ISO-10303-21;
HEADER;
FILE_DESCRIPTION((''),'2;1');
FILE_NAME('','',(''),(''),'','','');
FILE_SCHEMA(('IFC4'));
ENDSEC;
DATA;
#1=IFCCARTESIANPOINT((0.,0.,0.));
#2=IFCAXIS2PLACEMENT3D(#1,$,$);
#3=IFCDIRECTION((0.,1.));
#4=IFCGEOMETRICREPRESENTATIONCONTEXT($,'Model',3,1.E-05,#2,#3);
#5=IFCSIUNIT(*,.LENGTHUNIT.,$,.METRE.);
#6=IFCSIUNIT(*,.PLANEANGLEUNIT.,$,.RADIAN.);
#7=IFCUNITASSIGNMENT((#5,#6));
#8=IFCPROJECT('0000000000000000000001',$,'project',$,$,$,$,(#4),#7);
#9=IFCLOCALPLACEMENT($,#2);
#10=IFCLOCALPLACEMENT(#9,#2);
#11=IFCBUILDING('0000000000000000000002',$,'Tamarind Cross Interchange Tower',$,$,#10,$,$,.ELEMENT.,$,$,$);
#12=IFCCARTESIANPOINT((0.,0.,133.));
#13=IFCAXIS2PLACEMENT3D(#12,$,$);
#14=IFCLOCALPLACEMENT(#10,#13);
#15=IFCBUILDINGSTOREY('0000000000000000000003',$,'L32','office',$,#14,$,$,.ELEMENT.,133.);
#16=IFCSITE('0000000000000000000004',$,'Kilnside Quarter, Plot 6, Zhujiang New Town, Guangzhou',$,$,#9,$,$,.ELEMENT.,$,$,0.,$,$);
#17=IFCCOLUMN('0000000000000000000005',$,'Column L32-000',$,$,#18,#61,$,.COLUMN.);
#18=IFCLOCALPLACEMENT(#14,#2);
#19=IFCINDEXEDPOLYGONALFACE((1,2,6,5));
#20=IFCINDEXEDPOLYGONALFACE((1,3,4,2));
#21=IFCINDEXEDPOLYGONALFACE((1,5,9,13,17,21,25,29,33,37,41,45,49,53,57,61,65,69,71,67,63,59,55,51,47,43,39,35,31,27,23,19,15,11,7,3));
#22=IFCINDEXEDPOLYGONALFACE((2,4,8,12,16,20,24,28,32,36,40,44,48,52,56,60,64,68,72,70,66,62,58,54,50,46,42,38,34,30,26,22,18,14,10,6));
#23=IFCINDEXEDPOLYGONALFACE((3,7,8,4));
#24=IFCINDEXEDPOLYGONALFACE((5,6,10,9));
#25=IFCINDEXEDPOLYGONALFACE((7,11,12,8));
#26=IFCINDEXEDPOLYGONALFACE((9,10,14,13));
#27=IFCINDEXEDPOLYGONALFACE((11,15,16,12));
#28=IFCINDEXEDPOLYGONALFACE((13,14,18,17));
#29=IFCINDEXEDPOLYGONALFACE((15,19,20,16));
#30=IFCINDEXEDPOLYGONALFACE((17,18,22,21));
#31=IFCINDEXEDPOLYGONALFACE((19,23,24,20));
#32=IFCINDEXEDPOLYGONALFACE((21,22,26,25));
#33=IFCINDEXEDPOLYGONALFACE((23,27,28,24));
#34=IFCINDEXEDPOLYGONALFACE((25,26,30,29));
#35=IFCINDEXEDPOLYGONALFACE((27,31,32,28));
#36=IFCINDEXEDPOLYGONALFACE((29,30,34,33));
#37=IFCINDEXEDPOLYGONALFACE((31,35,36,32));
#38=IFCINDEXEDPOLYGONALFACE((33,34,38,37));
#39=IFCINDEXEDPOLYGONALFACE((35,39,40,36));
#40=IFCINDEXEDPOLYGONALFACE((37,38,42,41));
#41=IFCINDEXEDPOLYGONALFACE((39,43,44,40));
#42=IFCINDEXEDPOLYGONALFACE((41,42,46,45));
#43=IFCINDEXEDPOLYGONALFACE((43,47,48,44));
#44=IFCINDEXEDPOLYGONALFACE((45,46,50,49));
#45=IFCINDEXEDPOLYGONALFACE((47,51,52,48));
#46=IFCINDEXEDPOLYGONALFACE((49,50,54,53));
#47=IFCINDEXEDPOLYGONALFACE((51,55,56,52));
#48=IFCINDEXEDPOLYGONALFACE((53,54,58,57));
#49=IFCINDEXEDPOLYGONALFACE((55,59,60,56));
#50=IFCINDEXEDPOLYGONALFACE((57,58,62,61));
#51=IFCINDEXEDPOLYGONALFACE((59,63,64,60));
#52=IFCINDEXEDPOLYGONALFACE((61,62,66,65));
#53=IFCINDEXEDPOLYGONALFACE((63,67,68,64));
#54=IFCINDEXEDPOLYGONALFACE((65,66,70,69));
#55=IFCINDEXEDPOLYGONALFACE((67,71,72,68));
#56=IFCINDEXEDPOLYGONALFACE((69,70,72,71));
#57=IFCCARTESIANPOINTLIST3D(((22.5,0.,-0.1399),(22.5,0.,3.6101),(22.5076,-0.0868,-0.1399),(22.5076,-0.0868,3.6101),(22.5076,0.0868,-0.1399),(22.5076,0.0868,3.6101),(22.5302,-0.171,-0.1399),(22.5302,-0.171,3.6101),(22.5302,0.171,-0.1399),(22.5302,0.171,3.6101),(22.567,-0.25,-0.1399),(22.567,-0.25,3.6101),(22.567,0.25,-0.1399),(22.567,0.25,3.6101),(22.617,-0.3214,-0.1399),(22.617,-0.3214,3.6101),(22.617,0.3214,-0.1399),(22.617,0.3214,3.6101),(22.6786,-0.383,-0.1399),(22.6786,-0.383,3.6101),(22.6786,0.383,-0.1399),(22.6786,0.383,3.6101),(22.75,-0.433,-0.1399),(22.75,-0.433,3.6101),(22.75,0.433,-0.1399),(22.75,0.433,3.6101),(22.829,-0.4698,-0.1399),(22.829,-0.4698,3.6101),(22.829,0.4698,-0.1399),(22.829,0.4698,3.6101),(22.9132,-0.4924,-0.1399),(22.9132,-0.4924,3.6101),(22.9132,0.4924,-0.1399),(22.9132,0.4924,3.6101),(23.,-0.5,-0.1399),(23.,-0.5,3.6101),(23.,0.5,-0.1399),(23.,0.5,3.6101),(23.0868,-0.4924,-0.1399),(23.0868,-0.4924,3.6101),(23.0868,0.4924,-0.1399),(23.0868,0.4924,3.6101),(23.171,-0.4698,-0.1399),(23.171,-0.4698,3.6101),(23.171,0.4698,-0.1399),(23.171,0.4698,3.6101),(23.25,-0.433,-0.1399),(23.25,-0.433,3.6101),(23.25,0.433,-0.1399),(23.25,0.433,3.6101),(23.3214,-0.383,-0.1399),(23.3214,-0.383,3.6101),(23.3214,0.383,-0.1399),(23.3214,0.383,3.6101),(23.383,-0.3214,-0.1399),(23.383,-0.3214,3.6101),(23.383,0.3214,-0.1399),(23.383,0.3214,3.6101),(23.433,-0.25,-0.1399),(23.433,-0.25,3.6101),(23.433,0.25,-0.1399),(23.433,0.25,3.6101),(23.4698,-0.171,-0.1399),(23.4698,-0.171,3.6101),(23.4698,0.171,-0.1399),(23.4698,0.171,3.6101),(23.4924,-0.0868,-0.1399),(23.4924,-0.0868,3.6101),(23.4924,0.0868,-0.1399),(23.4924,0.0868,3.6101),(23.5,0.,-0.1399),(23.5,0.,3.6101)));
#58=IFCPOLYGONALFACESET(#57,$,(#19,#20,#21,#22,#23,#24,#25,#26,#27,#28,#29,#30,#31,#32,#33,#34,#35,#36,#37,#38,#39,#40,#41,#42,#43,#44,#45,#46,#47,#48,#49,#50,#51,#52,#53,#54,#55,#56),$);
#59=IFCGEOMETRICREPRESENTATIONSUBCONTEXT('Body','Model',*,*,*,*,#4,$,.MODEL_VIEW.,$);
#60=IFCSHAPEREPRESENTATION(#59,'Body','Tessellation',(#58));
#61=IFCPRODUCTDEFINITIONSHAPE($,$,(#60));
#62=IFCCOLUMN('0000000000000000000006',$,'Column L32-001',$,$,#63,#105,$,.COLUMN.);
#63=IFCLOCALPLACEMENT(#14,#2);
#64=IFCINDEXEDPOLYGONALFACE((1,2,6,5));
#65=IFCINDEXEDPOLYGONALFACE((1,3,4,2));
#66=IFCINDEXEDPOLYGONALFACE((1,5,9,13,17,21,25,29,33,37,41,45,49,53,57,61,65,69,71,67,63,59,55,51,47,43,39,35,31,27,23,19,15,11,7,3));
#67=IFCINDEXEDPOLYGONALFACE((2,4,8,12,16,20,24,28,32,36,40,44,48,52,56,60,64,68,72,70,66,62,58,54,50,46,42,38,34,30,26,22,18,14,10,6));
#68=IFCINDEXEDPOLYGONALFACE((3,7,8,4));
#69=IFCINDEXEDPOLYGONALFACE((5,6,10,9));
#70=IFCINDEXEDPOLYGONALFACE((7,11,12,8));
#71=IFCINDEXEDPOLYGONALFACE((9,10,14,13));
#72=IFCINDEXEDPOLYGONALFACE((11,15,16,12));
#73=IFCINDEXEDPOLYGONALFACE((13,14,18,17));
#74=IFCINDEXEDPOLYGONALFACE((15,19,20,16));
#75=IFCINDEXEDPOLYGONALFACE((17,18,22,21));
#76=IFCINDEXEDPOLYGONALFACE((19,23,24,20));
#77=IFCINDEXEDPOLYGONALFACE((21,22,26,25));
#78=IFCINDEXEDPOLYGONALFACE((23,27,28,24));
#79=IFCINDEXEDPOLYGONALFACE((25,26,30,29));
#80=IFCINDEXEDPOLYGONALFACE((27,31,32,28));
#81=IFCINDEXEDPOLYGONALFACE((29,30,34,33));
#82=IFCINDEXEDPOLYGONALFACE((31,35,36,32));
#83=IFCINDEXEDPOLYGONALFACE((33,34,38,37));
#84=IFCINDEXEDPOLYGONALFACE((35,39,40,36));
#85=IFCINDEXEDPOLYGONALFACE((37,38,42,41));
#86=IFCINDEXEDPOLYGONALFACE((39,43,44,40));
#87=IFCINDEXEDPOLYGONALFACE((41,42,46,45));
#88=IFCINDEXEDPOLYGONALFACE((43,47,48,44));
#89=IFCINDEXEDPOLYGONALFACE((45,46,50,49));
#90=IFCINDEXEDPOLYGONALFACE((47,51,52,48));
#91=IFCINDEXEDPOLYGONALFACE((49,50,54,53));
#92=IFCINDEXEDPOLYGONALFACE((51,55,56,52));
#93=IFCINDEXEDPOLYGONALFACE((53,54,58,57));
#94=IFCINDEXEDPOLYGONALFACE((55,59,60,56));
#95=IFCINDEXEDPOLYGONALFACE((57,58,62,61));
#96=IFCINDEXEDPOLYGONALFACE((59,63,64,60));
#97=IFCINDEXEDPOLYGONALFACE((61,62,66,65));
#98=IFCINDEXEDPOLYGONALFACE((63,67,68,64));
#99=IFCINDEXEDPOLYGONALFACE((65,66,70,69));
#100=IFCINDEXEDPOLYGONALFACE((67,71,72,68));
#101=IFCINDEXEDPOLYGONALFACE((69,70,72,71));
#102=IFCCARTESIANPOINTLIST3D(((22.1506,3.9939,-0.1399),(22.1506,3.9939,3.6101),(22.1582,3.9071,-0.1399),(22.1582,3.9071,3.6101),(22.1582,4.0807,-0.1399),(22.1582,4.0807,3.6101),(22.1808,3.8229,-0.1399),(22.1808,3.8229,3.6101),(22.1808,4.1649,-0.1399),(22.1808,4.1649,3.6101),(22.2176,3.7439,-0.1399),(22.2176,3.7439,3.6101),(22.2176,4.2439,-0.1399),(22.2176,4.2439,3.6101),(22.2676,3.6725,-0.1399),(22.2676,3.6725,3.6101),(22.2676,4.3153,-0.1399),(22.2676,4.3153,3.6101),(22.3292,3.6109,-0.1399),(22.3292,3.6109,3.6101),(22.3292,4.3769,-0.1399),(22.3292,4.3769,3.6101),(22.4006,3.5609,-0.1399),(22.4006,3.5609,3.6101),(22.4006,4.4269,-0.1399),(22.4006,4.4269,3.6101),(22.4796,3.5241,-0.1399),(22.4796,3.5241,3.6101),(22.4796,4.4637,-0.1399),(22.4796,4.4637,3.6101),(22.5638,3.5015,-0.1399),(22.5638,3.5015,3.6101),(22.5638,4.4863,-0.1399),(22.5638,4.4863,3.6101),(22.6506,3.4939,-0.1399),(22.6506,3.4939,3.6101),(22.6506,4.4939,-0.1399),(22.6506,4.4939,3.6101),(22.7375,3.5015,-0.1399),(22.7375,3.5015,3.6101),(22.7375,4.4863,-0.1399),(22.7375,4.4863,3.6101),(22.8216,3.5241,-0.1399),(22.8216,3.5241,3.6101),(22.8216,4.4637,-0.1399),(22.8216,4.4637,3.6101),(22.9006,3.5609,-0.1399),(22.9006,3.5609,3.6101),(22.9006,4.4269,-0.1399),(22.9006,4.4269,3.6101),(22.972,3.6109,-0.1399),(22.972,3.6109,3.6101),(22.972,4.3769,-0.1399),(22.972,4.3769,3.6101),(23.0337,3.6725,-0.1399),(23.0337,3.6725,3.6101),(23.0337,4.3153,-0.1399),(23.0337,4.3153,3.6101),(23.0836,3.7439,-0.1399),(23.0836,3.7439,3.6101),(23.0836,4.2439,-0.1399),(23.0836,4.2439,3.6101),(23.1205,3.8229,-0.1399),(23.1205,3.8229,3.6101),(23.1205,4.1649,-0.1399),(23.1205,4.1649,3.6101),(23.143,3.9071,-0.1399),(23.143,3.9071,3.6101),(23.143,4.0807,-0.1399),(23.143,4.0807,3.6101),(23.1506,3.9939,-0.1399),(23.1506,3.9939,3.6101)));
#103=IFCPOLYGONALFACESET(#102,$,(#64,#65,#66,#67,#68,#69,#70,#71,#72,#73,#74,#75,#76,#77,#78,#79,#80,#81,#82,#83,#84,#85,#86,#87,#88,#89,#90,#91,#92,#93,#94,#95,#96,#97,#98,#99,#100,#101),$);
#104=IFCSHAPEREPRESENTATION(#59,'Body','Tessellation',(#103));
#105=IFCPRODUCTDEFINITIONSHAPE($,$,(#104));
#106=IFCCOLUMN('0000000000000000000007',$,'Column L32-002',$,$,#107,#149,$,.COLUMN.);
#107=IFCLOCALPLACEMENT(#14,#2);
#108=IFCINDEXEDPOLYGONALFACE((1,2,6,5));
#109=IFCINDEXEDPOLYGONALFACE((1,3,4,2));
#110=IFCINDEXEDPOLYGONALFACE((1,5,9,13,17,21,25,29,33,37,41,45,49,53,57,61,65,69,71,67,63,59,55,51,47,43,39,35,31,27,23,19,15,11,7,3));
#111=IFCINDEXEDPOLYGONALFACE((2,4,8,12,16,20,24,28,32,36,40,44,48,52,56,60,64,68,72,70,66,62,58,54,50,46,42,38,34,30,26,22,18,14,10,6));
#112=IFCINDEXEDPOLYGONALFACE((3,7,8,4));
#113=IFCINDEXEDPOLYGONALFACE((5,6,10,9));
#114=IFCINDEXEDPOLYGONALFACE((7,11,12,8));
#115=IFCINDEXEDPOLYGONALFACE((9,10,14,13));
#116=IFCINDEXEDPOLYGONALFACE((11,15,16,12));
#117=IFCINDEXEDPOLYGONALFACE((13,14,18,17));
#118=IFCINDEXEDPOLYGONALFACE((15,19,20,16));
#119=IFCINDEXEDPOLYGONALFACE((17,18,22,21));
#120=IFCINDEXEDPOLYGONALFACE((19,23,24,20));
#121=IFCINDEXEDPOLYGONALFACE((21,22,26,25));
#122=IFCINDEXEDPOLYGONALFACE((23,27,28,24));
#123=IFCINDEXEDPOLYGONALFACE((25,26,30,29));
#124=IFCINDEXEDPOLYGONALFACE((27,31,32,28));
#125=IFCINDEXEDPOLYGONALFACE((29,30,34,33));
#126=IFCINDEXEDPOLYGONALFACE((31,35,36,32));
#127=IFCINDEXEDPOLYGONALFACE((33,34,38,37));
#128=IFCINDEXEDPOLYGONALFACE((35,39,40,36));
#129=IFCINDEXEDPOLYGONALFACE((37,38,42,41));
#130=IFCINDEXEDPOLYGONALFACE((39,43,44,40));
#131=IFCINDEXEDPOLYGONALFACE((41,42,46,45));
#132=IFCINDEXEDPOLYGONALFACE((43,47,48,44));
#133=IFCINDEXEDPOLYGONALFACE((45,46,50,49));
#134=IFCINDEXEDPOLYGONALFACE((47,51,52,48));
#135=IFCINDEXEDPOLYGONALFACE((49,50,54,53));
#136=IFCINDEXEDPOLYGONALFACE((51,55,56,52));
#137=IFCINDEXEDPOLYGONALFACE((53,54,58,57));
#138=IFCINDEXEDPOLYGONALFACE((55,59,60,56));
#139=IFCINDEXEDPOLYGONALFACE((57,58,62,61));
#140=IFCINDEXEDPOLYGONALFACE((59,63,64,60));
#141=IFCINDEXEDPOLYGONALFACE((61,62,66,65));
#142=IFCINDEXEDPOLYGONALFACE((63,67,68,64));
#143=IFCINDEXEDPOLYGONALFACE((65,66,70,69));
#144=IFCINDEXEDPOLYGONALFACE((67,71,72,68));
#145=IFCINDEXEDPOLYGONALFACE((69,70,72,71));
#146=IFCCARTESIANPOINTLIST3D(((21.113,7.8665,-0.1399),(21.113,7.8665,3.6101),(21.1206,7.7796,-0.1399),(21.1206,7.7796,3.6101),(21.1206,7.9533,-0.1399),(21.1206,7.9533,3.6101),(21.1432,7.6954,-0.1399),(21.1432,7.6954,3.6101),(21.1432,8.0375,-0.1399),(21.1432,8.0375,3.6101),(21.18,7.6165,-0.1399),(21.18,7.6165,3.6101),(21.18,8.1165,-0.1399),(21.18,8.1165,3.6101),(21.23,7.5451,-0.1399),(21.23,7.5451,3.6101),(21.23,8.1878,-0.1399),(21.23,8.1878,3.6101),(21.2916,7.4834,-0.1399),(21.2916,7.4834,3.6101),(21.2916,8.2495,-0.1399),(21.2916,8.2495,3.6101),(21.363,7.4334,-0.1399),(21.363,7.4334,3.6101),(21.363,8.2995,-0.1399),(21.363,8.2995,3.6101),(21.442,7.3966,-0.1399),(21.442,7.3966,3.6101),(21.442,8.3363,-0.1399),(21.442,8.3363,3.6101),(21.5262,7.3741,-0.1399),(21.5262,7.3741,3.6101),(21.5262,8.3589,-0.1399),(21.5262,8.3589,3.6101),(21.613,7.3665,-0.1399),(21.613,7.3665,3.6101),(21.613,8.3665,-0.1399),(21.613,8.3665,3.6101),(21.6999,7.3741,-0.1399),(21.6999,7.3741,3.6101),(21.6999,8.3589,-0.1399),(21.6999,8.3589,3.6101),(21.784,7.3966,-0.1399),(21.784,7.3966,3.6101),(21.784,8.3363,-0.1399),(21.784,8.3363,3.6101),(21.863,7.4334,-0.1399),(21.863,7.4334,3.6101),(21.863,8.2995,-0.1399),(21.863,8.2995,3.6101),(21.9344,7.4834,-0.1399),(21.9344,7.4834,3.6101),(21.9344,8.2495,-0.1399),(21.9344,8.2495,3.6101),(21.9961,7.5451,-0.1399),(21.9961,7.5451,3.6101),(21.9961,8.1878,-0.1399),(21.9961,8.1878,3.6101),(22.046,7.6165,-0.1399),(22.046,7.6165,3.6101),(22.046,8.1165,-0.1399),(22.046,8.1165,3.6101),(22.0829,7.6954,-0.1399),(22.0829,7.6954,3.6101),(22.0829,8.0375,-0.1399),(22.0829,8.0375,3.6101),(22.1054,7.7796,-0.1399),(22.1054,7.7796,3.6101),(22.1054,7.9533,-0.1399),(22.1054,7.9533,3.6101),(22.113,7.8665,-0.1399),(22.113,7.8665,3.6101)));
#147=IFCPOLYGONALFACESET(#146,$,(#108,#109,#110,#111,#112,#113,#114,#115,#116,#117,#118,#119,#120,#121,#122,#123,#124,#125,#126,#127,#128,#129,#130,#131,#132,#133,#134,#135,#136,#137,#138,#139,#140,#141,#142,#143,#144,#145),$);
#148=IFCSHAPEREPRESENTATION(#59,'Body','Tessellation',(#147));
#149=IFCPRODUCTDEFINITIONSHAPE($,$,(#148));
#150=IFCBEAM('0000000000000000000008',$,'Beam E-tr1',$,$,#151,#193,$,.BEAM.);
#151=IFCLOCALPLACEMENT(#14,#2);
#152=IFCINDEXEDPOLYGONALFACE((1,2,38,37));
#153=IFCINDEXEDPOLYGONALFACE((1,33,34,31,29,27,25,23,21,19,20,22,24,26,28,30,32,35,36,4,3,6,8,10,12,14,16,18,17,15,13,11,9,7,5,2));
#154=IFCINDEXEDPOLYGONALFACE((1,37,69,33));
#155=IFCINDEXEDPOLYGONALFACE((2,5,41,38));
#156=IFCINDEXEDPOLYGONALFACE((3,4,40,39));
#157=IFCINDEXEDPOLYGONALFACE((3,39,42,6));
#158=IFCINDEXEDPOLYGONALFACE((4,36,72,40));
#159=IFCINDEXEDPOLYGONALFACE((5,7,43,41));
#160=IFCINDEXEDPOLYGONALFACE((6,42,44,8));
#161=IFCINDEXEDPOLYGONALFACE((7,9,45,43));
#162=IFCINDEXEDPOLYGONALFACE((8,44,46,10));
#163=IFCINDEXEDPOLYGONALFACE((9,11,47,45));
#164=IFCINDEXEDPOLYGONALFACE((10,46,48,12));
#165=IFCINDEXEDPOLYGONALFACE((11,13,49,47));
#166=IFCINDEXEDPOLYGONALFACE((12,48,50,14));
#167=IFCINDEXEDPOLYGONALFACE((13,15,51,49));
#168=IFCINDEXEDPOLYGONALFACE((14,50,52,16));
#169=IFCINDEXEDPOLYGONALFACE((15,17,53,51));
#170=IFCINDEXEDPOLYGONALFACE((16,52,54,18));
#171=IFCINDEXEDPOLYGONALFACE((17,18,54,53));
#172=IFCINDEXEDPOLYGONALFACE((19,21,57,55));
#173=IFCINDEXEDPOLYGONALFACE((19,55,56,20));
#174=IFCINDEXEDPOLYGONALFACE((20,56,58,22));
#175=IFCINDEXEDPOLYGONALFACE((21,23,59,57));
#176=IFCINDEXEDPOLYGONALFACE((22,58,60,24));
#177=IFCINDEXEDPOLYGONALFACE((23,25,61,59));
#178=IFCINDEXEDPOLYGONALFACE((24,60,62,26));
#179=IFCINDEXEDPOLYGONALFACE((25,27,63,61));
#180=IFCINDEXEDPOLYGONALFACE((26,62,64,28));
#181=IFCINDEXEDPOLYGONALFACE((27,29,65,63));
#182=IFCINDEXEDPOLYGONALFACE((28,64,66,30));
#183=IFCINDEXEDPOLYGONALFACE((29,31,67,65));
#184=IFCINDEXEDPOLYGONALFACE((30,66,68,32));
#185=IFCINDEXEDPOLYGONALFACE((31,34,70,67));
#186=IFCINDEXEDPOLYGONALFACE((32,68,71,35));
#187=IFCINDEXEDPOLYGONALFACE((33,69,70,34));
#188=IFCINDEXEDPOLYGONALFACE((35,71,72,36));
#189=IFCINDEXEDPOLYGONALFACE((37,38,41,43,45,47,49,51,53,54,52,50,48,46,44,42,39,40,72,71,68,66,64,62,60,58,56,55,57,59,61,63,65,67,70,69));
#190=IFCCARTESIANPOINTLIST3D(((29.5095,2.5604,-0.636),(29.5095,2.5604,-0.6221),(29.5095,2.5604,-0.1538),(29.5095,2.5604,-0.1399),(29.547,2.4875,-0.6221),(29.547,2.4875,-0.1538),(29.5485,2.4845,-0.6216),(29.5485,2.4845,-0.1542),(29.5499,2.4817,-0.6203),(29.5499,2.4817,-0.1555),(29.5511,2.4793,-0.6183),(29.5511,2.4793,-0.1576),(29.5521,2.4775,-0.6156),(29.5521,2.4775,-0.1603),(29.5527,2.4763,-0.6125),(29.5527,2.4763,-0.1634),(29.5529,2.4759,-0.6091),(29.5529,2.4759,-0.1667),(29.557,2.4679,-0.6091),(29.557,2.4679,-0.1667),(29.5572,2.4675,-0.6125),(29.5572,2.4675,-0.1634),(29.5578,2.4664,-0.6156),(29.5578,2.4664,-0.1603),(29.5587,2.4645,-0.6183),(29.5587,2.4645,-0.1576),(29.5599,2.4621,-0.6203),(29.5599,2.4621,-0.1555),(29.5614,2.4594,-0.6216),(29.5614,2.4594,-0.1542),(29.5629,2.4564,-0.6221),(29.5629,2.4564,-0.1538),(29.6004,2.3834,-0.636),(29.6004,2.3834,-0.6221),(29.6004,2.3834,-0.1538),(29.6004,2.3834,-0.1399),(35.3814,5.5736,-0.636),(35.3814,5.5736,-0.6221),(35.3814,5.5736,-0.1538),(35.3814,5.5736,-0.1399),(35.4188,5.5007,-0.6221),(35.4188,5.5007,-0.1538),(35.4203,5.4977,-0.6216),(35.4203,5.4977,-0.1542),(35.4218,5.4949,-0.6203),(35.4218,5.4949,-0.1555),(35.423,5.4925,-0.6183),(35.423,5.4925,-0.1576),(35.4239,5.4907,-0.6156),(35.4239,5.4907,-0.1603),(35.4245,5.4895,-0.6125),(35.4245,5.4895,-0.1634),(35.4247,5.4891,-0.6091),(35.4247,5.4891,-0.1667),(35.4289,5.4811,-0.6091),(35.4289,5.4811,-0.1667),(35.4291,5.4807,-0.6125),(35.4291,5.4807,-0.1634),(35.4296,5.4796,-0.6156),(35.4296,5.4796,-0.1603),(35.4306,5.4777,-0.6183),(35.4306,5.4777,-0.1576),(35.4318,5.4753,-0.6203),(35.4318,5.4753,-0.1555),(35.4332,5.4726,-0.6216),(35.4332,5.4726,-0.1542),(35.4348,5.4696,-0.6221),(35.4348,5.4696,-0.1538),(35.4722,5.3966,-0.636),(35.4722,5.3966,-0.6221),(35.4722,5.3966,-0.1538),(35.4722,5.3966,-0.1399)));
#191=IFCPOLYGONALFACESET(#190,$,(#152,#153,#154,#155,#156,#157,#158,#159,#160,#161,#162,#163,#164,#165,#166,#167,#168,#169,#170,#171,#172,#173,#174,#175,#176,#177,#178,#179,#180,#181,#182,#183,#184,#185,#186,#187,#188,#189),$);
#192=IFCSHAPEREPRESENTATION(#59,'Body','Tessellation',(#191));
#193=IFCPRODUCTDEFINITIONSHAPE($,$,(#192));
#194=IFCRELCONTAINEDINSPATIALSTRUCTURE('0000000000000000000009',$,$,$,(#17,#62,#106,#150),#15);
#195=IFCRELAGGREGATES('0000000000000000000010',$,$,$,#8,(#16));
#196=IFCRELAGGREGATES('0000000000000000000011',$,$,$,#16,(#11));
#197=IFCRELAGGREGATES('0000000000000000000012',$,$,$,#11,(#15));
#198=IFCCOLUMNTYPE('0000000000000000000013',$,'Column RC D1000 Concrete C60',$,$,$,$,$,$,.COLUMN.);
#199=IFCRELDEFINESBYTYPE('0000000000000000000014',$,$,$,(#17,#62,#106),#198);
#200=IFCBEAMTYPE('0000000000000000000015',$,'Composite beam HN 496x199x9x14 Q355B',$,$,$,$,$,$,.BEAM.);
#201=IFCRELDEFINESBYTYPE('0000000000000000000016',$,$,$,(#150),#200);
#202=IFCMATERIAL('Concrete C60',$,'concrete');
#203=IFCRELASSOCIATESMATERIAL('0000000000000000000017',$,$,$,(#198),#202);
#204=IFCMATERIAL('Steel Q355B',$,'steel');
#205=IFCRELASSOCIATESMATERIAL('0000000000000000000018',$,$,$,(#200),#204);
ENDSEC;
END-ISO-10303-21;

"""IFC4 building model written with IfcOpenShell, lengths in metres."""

from ifc_helpers import new_model, si_unit, direction, frame, origin, origin_2d, place, context, subcontext, project, spatial, circle, i_section, extrude, material, material_profile, profile_set, type_object, element, save


model = new_model("IFC4")

# Units and contexts
model_context = context("Model", 3, precision=1e-05, world=origin(), true_north=direction((0.0, 1.0)))
body_context = subcontext(model_context, "Body", "Model", "MODEL_VIEW")
ifc_project = project(units=[si_unit("LENGTHUNIT", "METRE"), si_unit("PLANEANGLEUNIT", "RADIAN")], contexts=[model_context])

# Site, building, storey
site_placement = place(None, origin())
site = spatial("IfcSite", under=ifc_project, at=site_placement, Name="Kilnside Quarter, Plot 6, Zhujiang New Town, Guangzhou", CompositionType="ELEMENT", RefElevation=0.0)
building_placement = place(site_placement, origin())
building = spatial("IfcBuilding", under=site, at=building_placement, Name="Tamarind Cross Interchange Tower", CompositionType="ELEMENT")
storey_placement = place(building_placement, frame((0.0, 0.0, 133.0)))
storey = spatial("IfcBuildingStorey", under=building, at=storey_placement, Name="L32", Description="office", CompositionType="ELEMENT", Elevation=133.0)

# Columns
ifc_material_1 = material(Name="Concrete C60", Category="concrete")
ifc_material_profile_1 = material_profile(ifc_material_1, circle(Radius=0.5, at=origin_2d()), Name="RC D1000")
ifc_profile_set_1 = profile_set([ifc_material_profile_1], Name="Concrete C60")
column_type = type_object("IfcColumnType", Name="Column RC D1000 Concrete C60", PredefinedType="COLUMN", material=ifc_profile_set_1)
for number, where, z_axis, x_axis, name in (
    (1, (23.0, 0.0, -0.1399), (0.0, 0.0, 1.0), (1.0, 0.0, 0.0), "Column L32-000"),
    (2, (22.6506, 3.9939, -0.1399), (0.0, 0.0, 1.0), (1.0, 0.0, 0.0), "Column L32-001"),
    (3, (21.613, 7.8665, -0.1399), (0.0, 0.0, 1.0), (1.0, 0.0, 0.0), "Column L32-002"),
):
    element("IfcColumn", number, at=place(storey_placement, frame(where, z_axis=z_axis, x_axis=x_axis)), inside=storey, type_object=column_type, Name=name, PredefinedType="COLUMN", context=body_context, shape_type="SweptSolid", body=[
        extrude(circle(Radius=0.5, at=origin_2d()), origin(), (0.0, 0.0, 1.0), 3.75),
    ])

# Beam
ifc_material_2 = material(Name="Steel Q355B", Category="steel")
ifc_material_profile_2 = material_profile(ifc_material_2, i_section(OverallWidth=0.199, OverallDepth=0.4961, WebThickness=0.009, FlangeThickness=0.0139, FilletRadius=0.0129, at=origin_2d()), Name="HN 496x199x9x14")
ifc_profile_set_2 = profile_set([ifc_material_profile_2], Name="Steel Q355B")
beam_type_1 = type_object("IfcBeamType", Name="Composite beam HN 496x199x9x14 Q355B", PredefinedType="BEAM", material=ifc_profile_set_2)
beam_1_placement = place(storey_placement, frame((29.5549, 2.4719, -0.3879), z_axis=(0.889695, 0.456555, 0.0), x_axis=(-0.456555, 0.889695, 0.0)))
element("IfcBeam", 4, at=beam_1_placement, inside=storey, type_object=beam_type_1, Name="Beam E-tr1", PredefinedType="BEAM", context=body_context, shape_type="SweptSolid", body=[
    extrude(i_section(OverallWidth=0.199, OverallDepth=0.4961, WebThickness=0.009, FlangeThickness=0.0139, FilletRadius=0.0129, at=origin_2d()), origin(), (0.0, 0.0, 1.0), 6.5999),
])

save(model, "model.ifc")
